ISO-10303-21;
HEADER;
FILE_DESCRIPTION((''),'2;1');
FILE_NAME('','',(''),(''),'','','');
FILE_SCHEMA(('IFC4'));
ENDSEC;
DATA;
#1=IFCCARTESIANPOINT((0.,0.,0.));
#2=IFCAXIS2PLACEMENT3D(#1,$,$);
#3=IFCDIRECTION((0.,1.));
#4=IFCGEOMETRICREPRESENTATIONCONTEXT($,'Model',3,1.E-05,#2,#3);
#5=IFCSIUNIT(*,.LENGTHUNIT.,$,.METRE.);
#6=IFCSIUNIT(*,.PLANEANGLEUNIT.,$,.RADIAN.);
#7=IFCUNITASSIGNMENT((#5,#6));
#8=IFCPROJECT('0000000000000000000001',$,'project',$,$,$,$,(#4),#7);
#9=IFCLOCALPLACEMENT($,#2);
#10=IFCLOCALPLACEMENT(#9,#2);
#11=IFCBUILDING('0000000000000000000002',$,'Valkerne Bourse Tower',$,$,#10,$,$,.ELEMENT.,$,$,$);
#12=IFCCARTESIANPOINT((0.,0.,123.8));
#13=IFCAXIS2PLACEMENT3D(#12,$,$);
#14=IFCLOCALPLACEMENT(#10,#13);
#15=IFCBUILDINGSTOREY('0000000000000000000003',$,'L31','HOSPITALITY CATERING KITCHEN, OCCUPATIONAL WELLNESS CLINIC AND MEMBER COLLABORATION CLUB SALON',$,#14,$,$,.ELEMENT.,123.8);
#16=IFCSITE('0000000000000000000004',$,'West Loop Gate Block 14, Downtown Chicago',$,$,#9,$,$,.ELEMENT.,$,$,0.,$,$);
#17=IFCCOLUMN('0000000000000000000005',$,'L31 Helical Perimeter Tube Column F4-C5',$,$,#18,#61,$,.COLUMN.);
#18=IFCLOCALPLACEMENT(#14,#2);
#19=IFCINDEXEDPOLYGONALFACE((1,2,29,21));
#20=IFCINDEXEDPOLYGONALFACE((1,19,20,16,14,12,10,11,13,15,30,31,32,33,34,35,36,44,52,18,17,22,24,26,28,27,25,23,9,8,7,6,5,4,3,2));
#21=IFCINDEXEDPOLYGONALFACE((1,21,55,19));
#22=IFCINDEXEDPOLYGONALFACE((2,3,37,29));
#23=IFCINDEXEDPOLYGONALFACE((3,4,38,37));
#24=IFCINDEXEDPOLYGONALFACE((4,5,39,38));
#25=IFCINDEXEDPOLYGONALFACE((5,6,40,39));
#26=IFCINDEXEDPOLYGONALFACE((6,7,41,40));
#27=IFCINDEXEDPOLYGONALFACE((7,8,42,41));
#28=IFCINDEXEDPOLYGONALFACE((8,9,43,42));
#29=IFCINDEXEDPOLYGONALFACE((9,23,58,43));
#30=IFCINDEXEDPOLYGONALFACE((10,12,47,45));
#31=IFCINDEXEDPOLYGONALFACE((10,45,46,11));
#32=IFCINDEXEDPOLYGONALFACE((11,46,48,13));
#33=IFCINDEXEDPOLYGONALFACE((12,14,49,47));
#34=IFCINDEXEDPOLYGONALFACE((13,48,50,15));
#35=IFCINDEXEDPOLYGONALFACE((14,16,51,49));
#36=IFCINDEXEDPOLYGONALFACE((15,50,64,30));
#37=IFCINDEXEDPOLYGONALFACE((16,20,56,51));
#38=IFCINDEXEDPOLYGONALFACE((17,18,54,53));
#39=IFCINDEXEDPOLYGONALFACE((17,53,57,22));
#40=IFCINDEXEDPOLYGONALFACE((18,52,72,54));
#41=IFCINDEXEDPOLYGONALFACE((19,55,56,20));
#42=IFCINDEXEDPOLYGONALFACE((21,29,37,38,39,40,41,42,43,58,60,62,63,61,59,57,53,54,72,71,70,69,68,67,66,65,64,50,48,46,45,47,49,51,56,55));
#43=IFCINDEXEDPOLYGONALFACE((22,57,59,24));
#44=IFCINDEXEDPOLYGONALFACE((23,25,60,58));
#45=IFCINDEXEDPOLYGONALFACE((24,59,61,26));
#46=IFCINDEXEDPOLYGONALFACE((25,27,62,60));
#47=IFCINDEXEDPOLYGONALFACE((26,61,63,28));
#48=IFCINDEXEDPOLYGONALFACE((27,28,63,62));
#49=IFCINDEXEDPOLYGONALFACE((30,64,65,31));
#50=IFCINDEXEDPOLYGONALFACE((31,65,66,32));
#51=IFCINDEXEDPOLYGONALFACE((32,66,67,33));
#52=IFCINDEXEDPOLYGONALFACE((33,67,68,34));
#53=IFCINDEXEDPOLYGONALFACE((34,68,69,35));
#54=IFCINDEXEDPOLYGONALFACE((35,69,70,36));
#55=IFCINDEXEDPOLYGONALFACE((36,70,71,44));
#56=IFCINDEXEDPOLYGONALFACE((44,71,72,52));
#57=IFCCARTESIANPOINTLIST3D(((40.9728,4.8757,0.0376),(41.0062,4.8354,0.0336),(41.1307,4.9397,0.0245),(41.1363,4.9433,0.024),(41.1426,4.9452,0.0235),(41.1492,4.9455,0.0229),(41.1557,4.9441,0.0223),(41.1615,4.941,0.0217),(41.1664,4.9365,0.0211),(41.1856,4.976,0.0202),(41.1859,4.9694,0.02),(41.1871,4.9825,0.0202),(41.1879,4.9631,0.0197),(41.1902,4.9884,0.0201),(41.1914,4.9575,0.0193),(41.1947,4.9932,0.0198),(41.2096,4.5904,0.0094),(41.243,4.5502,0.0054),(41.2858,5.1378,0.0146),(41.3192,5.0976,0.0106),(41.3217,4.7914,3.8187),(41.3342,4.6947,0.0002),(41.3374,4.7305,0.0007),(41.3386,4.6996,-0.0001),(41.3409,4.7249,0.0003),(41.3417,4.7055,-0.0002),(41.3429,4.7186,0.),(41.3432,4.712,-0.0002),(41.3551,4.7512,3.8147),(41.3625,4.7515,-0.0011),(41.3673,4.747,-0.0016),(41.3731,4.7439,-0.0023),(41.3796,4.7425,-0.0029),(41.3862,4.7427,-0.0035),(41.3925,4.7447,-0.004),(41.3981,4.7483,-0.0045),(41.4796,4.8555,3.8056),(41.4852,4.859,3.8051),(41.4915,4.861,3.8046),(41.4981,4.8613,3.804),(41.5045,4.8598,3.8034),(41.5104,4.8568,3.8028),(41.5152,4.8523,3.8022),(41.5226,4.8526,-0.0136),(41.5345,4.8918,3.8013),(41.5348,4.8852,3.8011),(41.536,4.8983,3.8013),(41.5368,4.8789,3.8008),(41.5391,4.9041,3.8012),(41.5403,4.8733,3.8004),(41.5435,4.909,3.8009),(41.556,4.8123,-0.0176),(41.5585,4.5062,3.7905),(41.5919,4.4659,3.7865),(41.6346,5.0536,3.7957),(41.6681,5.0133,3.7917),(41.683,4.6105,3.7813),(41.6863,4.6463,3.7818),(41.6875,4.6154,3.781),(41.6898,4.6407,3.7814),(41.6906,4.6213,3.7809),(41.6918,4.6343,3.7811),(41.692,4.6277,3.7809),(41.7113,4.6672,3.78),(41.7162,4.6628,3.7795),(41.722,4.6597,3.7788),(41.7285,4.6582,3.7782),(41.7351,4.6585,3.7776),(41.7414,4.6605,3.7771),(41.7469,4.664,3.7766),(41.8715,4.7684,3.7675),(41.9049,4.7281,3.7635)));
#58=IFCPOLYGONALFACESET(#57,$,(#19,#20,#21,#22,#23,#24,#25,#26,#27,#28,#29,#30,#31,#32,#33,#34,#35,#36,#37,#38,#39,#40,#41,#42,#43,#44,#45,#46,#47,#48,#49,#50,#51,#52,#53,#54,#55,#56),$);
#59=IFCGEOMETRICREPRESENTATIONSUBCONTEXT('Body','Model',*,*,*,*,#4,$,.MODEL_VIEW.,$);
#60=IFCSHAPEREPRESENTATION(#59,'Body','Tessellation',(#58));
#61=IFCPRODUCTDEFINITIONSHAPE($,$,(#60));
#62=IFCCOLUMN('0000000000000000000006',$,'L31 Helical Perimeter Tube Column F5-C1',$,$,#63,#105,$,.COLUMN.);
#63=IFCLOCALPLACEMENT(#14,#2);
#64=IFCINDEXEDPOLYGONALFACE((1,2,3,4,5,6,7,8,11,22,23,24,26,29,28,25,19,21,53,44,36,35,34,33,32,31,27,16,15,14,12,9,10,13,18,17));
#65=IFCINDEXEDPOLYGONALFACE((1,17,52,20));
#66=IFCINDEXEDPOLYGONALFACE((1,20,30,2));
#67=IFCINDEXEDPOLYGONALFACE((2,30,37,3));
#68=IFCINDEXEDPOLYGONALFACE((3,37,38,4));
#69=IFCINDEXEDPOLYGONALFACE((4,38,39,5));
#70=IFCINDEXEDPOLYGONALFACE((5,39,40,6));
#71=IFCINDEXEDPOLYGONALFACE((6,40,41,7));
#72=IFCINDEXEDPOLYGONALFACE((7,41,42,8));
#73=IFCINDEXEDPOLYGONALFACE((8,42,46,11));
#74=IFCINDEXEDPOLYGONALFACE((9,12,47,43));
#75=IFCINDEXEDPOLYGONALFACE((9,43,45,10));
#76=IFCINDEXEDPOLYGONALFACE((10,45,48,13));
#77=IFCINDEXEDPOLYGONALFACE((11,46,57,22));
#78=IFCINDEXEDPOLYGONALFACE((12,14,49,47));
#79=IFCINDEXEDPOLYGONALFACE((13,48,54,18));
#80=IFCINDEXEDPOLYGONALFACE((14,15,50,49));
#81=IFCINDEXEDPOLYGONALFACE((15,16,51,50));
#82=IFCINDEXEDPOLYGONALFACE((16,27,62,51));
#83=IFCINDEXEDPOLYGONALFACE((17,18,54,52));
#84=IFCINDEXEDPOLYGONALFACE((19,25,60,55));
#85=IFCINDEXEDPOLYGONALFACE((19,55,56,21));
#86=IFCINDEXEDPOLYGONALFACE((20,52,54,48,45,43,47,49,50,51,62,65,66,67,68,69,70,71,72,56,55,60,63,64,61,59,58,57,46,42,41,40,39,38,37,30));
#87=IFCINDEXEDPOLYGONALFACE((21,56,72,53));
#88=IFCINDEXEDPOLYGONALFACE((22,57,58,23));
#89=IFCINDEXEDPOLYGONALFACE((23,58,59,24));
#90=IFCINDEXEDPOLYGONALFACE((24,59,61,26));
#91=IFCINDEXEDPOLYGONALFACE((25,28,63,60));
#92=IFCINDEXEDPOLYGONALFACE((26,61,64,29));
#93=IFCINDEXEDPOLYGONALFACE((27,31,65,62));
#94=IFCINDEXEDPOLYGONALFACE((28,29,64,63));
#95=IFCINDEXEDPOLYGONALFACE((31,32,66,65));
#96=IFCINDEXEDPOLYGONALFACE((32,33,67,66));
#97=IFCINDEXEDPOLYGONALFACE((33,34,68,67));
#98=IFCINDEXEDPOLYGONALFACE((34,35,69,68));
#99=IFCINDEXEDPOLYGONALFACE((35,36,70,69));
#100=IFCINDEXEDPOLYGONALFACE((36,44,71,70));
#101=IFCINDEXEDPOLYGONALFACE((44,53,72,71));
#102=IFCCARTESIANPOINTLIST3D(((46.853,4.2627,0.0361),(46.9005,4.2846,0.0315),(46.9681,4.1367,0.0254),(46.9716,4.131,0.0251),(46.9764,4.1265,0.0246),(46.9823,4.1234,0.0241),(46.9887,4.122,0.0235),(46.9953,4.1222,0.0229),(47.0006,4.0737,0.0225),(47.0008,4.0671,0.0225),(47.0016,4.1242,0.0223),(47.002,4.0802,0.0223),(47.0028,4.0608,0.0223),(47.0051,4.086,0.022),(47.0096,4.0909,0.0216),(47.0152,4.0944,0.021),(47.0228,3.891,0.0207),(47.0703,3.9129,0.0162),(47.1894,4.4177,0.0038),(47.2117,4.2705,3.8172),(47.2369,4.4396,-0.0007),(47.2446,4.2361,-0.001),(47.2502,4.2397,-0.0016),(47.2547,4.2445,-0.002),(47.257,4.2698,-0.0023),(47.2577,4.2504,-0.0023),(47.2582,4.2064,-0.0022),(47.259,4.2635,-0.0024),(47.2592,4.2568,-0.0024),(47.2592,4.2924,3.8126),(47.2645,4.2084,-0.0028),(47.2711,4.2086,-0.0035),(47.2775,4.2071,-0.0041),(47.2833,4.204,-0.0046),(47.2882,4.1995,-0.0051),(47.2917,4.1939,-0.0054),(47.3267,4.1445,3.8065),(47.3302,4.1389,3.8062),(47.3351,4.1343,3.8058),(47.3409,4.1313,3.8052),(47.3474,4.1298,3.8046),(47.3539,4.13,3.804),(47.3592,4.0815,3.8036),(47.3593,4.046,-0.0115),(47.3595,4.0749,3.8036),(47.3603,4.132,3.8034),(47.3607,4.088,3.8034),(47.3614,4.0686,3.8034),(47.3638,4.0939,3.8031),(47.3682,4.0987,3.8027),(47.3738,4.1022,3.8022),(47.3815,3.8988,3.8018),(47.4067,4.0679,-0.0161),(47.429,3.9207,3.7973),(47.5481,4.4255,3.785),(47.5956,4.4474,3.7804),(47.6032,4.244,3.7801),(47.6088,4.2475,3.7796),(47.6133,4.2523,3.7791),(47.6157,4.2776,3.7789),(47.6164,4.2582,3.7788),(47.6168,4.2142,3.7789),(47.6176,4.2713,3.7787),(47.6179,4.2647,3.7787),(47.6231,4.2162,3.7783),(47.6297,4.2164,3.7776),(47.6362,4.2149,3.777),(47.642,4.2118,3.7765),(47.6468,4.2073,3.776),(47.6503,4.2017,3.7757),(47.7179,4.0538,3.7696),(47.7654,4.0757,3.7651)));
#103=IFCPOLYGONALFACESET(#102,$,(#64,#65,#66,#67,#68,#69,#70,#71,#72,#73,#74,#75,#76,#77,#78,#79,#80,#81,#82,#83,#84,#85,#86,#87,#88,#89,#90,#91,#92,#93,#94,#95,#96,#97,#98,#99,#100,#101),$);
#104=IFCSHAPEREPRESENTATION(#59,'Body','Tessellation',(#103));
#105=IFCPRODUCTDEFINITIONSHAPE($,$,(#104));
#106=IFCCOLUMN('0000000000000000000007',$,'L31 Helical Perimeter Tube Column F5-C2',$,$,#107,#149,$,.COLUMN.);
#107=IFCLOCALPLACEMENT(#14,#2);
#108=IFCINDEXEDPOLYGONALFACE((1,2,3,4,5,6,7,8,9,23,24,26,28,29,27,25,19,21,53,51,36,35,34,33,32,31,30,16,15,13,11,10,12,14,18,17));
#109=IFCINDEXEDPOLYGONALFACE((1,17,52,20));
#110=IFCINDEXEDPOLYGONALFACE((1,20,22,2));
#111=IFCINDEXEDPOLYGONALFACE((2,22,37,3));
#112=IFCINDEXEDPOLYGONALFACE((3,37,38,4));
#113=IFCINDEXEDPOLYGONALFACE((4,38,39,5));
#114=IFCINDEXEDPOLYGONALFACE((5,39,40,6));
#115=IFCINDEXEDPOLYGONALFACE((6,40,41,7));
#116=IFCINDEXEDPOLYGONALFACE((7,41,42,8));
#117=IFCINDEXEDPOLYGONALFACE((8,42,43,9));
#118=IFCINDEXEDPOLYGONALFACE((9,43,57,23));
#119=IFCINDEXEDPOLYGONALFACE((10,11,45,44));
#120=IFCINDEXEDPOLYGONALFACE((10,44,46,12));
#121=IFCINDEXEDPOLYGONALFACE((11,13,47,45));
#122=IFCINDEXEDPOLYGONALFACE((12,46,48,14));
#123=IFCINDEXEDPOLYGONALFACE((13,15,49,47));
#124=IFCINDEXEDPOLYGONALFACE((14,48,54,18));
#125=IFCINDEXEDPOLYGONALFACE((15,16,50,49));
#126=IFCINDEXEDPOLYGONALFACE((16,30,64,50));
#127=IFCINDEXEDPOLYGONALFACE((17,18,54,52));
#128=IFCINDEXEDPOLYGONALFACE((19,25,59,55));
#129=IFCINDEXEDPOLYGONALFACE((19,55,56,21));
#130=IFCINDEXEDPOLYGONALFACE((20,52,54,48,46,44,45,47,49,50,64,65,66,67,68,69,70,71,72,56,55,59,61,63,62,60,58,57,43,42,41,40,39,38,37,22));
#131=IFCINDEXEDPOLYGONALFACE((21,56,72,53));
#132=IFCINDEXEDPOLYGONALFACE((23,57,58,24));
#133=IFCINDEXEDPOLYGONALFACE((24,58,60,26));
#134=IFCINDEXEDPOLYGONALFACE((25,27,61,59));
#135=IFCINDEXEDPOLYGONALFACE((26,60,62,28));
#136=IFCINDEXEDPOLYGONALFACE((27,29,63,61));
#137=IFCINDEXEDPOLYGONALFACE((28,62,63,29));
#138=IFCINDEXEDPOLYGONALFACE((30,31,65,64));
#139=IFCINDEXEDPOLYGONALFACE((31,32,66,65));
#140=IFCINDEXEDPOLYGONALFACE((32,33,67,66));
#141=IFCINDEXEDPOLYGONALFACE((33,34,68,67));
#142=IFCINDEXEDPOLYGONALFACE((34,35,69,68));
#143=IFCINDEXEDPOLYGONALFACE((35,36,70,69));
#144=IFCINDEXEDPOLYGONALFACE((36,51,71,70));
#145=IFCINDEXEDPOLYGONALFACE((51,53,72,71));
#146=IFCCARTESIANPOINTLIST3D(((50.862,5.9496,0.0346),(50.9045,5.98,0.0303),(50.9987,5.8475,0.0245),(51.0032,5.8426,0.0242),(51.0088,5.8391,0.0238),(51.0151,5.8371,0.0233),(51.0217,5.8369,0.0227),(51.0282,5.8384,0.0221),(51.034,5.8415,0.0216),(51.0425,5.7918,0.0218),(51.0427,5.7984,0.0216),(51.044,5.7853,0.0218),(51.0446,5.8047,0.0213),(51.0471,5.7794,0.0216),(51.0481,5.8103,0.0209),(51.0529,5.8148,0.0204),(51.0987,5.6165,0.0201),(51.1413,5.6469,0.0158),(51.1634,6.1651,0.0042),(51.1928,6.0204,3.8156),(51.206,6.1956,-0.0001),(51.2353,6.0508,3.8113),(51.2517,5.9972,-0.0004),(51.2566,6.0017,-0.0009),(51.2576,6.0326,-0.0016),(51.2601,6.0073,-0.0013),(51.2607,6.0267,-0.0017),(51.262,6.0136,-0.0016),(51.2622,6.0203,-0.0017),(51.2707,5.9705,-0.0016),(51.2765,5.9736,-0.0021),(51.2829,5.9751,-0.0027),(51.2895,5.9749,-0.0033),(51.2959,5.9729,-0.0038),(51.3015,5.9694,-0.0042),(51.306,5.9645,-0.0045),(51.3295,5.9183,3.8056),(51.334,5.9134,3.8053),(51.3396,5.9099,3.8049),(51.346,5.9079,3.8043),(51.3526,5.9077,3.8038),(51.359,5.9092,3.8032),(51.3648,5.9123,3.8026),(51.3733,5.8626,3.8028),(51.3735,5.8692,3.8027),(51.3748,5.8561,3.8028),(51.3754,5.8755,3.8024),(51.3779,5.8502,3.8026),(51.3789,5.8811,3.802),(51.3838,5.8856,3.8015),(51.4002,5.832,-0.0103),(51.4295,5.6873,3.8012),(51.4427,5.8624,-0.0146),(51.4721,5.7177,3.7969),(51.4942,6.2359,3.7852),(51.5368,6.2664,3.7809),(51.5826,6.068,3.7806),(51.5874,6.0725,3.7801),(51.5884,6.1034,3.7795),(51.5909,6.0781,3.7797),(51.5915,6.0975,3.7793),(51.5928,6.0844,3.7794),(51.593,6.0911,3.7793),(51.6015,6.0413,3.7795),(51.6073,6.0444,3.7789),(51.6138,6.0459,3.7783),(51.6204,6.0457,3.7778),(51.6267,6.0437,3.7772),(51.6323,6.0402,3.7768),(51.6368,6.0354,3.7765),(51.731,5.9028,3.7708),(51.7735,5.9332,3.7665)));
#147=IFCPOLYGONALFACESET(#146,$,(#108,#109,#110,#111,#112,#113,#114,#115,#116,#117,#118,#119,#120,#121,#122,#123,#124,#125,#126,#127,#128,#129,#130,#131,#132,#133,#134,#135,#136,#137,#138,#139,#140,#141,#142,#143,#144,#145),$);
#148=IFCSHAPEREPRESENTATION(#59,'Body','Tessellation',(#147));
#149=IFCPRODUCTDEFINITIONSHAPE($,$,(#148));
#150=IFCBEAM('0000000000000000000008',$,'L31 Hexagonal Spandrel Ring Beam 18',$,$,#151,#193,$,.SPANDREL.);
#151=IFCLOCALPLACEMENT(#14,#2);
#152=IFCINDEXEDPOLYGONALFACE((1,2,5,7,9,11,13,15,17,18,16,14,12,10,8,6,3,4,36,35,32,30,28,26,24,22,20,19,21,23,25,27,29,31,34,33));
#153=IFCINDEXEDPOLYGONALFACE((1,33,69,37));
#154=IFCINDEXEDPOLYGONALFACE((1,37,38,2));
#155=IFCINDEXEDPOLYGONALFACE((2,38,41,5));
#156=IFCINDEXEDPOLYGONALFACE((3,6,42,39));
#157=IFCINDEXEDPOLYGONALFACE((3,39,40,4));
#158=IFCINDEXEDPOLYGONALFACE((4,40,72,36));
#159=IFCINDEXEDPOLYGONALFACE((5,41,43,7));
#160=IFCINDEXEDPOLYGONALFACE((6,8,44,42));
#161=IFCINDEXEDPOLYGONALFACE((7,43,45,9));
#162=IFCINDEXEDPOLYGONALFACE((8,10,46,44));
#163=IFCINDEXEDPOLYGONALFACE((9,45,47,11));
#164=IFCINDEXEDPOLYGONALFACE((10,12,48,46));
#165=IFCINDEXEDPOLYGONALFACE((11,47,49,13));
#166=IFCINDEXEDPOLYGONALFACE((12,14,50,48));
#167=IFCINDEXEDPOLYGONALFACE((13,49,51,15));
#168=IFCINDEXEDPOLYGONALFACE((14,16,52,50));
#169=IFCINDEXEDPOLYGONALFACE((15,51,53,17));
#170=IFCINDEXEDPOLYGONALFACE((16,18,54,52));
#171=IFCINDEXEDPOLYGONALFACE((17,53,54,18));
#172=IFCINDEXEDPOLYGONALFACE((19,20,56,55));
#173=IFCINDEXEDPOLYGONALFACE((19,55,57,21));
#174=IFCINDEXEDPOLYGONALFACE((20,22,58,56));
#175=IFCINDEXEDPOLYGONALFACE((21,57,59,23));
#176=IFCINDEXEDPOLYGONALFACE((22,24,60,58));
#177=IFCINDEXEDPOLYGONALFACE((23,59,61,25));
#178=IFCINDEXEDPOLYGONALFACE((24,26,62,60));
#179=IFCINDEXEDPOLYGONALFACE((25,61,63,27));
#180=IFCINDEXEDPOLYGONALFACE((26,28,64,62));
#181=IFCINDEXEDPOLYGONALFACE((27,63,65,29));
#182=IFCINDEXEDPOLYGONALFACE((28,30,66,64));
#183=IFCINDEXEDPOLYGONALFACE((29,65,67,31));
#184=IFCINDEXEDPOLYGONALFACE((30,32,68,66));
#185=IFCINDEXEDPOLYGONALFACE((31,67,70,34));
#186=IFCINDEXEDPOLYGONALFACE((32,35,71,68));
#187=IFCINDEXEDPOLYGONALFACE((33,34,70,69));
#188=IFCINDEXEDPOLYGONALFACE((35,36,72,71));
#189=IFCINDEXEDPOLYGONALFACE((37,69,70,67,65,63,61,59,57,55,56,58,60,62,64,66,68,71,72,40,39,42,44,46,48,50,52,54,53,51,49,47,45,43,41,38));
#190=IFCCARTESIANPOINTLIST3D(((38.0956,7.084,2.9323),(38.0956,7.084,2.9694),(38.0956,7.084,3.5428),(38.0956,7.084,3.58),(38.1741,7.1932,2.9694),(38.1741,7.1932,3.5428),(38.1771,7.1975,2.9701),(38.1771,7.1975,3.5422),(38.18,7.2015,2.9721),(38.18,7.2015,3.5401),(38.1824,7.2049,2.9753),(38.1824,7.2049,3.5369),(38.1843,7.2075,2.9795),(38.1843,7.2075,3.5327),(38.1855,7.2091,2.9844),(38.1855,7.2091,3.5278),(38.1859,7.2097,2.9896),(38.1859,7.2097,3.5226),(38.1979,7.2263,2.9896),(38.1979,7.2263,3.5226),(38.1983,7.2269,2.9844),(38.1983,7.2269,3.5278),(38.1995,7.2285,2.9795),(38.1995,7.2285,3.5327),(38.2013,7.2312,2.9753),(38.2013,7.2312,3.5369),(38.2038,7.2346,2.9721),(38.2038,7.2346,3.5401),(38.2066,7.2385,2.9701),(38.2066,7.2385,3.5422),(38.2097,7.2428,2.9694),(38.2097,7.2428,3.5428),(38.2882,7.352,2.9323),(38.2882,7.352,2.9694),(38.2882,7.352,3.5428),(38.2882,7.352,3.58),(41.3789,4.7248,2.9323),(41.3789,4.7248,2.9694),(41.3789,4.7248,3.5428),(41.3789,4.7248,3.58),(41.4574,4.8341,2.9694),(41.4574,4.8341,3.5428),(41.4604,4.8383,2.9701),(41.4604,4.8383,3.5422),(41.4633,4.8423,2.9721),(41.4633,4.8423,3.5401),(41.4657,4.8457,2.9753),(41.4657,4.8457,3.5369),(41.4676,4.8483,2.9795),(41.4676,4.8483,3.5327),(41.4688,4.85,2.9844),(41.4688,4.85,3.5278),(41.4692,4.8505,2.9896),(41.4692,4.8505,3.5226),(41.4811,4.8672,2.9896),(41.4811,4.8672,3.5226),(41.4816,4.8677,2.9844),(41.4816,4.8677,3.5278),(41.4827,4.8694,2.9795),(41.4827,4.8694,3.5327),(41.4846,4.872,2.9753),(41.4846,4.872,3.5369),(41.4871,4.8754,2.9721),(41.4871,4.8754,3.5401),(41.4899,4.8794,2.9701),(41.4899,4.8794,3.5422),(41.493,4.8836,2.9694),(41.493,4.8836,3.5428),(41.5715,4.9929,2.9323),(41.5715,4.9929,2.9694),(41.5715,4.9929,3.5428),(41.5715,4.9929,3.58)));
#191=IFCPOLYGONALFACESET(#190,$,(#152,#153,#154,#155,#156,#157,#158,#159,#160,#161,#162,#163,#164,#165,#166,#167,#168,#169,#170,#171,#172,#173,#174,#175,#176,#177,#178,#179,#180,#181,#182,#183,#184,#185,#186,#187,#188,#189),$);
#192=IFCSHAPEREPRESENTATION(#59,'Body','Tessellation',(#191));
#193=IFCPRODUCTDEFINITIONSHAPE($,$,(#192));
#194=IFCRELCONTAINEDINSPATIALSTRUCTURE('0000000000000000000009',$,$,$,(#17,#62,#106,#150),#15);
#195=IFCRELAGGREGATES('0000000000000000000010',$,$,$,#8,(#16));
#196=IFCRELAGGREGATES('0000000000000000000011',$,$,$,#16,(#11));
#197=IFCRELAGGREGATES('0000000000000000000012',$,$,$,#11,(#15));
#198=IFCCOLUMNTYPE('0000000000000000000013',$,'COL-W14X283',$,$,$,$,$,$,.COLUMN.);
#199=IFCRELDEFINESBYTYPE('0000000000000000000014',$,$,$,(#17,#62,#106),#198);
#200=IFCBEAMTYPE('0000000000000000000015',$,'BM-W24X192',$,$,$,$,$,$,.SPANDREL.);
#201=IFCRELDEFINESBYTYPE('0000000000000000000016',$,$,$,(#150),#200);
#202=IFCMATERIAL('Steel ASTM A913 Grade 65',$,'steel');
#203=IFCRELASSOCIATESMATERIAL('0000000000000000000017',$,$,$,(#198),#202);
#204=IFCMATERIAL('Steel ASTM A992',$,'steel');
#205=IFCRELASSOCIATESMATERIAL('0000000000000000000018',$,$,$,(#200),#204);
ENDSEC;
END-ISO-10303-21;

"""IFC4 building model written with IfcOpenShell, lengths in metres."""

from ifc_helpers import new_model, si_unit, direction, frame, origin, origin_2d, place, context, subcontext, project, spatial, i_section, extrude, material, material_profile, profile_set, type_object, element, save


model = new_model("IFC4")

# Units and contexts
model_context = context("Model", 3, precision=1e-05, world=origin(), true_north=direction((0.0, 1.0)))
body_context = subcontext(model_context, "Body", "Model", "MODEL_VIEW")
ifc_project = project(units=[si_unit("LENGTHUNIT", "METRE"), si_unit("PLANEANGLEUNIT", "RADIAN")], contexts=[model_context])

# Site, building, storey
site_placement = place(None, origin())
site = spatial("IfcSite", under=ifc_project, at=site_placement, Name="West Loop Gate Block 14, Downtown Chicago", CompositionType="ELEMENT", RefElevation=0.0)
building_placement = place(site_placement, origin())
building = spatial("IfcBuilding", under=site, at=building_placement, Name="Valkerne Bourse Tower", CompositionType="ELEMENT")
storey_placement = place(building_placement, frame((0.0, 0.0, 123.8)))
storey = spatial("IfcBuildingStorey", under=building, at=storey_placement, Name="L31", Description="HOSPITALITY CATERING KITCHEN, OCCUPATIONAL WELLNESS CLINIC AND MEMBER COLLABORATION CLUB SALON", CompositionType="ELEMENT", Elevation=123.8)

# Columns
ifc_material_1 = material(Name="Steel ASTM A913 Grade 65", Category="steel")
ifc_material_profile_1 = material_profile(ifc_material_1, i_section(OverallWidth=0.4089, OverallDepth=0.4243, WebThickness=0.0327, FlangeThickness=0.0525, FilletRadius=0.0254, at=origin_2d()), Name="W14X283")
ifc_profile_set_1 = profile_set([ifc_material_profile_1], Name="Steel ASTM A913 Grade 65")
column_type = type_object("IfcColumnType", Name="COL-W14X283", PredefinedType="COLUMN", material=ifc_profile_set_1)
for number, where, z_axis, x_axis, name in (
    (1, (41.2644, 4.844, 0.01), (0.091858, -0.022177, 0.995525), (0.765389, 0.641097, -0.056342), "L31 Helical Perimeter Tube Column F4-C5"),
    (2, (47.1299, 4.1653, 0.01), (0.09443, 0.002057, 0.995529), (-0.415266, 0.908926, 0.037511), "L31 Helical Perimeter Tube Column F5-C1"),
):
    element("IfcColumn", number, at=place(storey_placement, frame(where, z_axis=z_axis, x_axis=x_axis)), inside=storey, type_object=column_type, Name=name, PredefinedType="COLUMN", context=body_context, shape_type="SweptSolid", body=[
        extrude(i_section(OverallWidth=0.4089, OverallDepth=0.4243, WebThickness=0.0327, FlangeThickness=0.0525, FilletRadius=0.0254, at=origin_2d()), origin(), (0.0, 0.0, 1.0), 3.7981),
    ])
column_placement = place(storey_placement, frame((51.1523, 5.906, 0.01), z_axis=(0.087145, 0.018651, 0.996021), x_axis=(-0.578878, 0.814646, 0.035393)))
element("IfcColumn", 3, at=column_placement, inside=storey, type_object=column_type, Name="L31 Helical Perimeter Tube Column F5-C2", PredefinedType="COLUMN", context=body_context, shape_type="SweptSolid", body=[
    extrude(i_section(OverallWidth=0.4089, OverallDepth=0.4243, WebThickness=0.0327, FlangeThickness=0.0525, FilletRadius=0.0254, at=origin_2d()), origin(), (0.0, 0.0, 1.0), 3.7961),
])

# Beam
ifc_material_2 = material(Name="Steel ASTM A992", Category="steel")
ifc_material_profile_2 = material_profile(ifc_material_2, i_section(OverallWidth=0.3301, OverallDepth=0.6477, WebThickness=0.0205, FlangeThickness=0.0371, FilletRadius=0.0203, at=origin_2d()), Name="W24X192")
ifc_profile_set_2 = profile_set([ifc_material_profile_2], Name="Steel ASTM A992")
beam_type_1 = type_object("IfcBeamType", Name="BM-W24X192", PredefinedType="SPANDREL", material=ifc_profile_set_2)
beam_1_placement = place(storey_placement, frame((38.1919, 7.218, 3.2561), z_axis=(0.812094, -0.583527, 0.0), x_axis=(0.583527, 0.812094, 0.0)))
element("IfcBeam", 4, at=beam_1_placement, inside=storey, type_object=beam_type_1, Name="L31 Hexagonal Spandrel Ring Beam 18", PredefinedType="SPANDREL", context=body_context, shape_type="SweptSolid", body=[
    extrude(i_section(OverallWidth=0.3301, OverallDepth=0.6477, WebThickness=0.0205, FlangeThickness=0.0371, FilletRadius=0.0203, at=origin_2d()), origin(), (0.0, 0.0, 1.0), 4.043),
])

save(model, "model.ifc")
